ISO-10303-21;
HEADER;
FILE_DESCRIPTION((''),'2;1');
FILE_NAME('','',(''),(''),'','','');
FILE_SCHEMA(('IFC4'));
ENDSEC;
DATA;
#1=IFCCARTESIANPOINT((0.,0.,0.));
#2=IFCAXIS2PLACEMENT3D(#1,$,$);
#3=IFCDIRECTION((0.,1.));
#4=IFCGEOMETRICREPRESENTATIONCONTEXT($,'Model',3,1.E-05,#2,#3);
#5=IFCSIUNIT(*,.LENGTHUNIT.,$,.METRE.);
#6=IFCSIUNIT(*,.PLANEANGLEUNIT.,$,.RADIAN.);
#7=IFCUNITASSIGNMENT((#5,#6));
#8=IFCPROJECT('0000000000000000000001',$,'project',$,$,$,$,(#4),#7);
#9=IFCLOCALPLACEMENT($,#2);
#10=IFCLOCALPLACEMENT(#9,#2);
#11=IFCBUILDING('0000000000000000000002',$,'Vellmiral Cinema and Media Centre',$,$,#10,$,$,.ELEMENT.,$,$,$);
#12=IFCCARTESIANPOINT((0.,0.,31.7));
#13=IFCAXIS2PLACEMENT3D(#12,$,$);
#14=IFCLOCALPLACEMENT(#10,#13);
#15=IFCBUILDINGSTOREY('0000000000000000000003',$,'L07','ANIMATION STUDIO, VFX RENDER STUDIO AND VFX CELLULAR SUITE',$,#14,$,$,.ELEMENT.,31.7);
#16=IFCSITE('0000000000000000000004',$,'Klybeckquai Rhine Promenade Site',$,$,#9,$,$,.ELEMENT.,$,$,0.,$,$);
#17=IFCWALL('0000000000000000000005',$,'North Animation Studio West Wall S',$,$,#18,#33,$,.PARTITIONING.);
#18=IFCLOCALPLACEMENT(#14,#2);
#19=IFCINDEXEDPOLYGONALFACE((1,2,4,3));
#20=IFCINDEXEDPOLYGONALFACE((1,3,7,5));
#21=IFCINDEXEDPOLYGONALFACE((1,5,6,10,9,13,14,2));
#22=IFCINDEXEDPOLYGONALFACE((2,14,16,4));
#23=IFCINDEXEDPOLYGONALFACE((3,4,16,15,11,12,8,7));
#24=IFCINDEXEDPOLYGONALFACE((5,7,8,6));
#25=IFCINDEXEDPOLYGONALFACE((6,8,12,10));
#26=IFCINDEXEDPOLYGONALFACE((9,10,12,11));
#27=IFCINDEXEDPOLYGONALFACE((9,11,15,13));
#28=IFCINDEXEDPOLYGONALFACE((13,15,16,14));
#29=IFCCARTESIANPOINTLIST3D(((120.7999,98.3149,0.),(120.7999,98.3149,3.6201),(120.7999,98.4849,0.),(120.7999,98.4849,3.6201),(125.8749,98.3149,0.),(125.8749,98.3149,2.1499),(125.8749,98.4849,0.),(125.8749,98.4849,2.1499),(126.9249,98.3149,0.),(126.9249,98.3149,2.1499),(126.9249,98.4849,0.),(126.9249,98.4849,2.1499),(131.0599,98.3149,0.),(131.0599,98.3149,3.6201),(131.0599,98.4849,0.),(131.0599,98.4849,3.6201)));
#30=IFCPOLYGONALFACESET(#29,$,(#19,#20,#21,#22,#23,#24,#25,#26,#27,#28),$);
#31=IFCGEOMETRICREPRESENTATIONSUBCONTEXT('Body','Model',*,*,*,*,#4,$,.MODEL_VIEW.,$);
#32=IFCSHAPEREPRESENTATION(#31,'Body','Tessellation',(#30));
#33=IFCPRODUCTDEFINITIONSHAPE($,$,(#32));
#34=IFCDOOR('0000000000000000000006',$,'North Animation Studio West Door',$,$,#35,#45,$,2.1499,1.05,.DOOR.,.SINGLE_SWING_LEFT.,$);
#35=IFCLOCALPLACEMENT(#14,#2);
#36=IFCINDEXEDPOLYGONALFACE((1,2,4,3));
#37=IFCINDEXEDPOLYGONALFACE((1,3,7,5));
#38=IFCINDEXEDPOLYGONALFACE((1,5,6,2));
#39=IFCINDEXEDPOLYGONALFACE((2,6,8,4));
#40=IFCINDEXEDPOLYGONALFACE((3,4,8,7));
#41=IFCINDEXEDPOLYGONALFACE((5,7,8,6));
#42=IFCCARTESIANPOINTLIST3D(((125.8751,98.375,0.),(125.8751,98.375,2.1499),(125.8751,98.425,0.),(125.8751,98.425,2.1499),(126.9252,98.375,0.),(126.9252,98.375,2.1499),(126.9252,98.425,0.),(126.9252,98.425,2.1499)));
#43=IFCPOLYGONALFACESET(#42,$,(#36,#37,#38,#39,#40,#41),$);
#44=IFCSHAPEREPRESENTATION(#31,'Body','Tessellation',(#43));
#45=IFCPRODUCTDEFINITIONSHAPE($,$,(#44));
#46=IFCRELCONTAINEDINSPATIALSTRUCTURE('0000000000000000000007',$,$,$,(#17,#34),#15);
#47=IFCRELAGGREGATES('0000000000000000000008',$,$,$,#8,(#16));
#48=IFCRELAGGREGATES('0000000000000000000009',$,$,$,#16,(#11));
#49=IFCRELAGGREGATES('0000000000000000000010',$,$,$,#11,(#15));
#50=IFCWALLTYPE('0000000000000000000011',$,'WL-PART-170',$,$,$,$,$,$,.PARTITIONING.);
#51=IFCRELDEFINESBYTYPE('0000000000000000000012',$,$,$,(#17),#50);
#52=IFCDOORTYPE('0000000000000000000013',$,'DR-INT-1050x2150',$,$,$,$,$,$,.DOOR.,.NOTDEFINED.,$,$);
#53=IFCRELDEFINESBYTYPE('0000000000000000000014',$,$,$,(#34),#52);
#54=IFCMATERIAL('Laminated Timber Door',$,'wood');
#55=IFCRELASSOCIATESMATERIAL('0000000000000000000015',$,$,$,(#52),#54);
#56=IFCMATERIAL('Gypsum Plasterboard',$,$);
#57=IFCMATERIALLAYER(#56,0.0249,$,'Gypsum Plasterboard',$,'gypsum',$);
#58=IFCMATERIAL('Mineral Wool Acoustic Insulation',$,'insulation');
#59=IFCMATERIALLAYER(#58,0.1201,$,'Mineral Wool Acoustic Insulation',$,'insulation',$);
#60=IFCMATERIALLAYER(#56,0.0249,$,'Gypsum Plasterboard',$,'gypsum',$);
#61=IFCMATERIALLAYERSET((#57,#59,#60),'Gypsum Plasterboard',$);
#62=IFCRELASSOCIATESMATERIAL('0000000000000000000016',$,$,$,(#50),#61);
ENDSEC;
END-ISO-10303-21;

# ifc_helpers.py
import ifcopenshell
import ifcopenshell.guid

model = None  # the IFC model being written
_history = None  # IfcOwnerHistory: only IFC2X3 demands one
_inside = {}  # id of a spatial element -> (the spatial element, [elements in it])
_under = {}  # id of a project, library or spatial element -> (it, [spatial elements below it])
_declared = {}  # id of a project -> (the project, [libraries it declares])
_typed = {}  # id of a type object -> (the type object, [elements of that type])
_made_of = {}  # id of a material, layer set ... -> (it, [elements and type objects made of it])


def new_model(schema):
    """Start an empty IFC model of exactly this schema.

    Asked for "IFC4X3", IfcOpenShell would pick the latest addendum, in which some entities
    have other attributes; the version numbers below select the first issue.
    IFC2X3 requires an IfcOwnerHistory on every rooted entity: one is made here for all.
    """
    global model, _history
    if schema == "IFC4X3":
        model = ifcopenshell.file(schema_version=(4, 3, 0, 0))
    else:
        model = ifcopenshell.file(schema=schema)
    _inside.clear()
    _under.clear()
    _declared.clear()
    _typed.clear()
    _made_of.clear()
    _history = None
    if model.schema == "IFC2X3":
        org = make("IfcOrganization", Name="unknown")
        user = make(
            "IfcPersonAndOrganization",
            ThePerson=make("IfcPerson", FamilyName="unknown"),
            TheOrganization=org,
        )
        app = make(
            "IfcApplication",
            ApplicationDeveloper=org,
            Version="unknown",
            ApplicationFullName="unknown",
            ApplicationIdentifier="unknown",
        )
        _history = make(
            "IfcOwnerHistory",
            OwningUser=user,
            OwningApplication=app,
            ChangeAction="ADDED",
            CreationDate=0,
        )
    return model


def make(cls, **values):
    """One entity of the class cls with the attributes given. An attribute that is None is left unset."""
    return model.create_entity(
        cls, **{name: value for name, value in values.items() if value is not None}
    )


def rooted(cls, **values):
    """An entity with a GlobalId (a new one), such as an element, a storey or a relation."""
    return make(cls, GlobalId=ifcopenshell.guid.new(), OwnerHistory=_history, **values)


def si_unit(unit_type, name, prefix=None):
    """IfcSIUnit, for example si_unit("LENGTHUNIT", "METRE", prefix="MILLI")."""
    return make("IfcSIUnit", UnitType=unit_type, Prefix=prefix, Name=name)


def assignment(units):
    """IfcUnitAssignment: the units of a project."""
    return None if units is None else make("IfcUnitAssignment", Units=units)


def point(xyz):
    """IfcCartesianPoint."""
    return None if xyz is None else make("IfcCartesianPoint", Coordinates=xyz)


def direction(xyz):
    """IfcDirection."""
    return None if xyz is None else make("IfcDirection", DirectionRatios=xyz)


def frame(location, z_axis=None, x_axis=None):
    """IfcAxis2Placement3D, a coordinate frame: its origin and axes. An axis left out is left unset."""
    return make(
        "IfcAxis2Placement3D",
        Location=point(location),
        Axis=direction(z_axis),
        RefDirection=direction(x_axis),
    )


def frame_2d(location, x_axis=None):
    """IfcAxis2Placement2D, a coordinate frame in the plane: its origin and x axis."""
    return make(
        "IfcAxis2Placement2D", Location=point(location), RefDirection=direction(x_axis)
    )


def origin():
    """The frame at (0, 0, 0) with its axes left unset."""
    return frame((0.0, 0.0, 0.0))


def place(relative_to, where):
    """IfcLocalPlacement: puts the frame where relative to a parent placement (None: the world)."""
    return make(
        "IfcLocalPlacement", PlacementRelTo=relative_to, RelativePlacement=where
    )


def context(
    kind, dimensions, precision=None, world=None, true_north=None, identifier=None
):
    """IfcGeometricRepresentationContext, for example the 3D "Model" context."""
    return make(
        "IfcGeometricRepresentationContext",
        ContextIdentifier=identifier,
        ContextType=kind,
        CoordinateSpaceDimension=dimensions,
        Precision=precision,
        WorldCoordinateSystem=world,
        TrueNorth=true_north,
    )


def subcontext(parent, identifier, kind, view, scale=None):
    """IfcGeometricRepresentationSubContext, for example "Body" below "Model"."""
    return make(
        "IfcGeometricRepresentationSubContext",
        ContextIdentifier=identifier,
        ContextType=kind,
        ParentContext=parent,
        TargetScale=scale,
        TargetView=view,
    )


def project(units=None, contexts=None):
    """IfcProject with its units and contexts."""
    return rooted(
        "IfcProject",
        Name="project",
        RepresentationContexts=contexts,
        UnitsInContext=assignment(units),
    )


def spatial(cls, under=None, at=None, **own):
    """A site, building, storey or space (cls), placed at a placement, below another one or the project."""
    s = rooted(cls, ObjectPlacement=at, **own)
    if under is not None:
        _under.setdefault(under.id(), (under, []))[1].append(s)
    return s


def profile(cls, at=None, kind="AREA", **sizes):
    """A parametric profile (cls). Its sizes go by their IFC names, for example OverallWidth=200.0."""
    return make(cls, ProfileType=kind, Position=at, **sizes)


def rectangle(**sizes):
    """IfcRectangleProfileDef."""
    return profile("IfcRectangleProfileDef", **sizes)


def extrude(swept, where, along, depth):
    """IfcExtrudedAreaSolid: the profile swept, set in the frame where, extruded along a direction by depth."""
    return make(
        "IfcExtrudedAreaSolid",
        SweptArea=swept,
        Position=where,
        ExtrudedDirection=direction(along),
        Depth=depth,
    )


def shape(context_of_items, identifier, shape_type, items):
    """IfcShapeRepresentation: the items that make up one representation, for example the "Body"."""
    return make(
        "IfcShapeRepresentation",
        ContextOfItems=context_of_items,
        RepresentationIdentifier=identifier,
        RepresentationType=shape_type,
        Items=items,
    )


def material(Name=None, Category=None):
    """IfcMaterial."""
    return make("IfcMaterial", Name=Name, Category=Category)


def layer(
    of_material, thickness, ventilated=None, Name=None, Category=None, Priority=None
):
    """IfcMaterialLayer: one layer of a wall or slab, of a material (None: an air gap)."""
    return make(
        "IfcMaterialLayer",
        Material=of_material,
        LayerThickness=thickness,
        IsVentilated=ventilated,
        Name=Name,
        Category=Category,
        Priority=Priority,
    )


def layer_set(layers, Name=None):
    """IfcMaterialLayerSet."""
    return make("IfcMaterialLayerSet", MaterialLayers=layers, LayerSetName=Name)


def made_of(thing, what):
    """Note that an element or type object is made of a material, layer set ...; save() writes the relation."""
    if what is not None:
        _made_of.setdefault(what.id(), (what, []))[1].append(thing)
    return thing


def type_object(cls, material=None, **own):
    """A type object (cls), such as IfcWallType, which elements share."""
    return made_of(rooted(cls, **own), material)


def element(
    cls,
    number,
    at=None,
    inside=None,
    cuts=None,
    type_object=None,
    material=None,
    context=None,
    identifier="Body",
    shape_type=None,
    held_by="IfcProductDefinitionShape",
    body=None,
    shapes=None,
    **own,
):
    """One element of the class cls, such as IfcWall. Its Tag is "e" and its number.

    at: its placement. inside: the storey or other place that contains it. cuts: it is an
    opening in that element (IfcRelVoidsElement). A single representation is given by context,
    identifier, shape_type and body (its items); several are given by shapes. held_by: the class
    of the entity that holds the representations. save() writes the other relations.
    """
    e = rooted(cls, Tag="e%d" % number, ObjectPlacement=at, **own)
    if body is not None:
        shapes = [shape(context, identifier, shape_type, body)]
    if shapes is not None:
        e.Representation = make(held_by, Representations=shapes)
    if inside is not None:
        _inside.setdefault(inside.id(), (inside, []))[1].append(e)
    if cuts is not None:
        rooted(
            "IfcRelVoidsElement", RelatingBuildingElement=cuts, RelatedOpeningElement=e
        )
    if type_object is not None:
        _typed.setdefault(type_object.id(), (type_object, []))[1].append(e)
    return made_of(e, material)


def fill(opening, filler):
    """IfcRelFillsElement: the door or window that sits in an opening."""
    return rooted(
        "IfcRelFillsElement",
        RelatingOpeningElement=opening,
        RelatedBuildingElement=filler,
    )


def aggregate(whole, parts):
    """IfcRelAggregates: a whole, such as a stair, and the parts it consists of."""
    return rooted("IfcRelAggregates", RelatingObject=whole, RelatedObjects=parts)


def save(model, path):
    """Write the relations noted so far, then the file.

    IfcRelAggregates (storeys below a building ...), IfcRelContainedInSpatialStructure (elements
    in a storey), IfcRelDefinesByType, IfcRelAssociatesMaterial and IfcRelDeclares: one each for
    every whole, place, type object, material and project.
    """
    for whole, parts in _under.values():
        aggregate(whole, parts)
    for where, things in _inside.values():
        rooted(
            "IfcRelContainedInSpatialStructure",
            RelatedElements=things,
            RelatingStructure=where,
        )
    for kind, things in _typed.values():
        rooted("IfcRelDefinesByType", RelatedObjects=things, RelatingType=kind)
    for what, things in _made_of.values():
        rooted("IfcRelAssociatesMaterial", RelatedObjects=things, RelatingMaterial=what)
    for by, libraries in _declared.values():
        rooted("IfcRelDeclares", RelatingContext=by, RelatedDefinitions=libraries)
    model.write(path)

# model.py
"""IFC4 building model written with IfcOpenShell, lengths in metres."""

from ifc_helpers import new_model, si_unit, direction, frame, frame_2d, origin, place, context, subcontext, project, spatial, rectangle, extrude, material, layer, layer_set, type_object, element, fill, save


model = new_model("IFC4")

# Units and contexts
model_context = context("Model", 3, precision=1e-05, world=origin(), true_north=direction((0.0, 1.0)))
body_context = subcontext(model_context, "Body", "Model", "MODEL_VIEW")
ifc_project = project(units=[si_unit("LENGTHUNIT", "METRE"), si_unit("PLANEANGLEUNIT", "RADIAN")], contexts=[model_context])

# Site, building, storey
site_placement = place(None, origin())
site = spatial("IfcSite", under=ifc_project, at=site_placement, Name="Klybeckquai Rhine Promenade Site", CompositionType="ELEMENT", RefElevation=0.0)
building_placement = place(site_placement, origin())
building = spatial("IfcBuilding", under=site, at=building_placement, Name="Vellmiral Cinema and Media Centre", CompositionType="ELEMENT")
storey_placement = place(building_placement, frame((0.0, 0.0, 31.7)))
storey = spatial("IfcBuildingStorey", under=building, at=storey_placement, Name="L07", Description="ANIMATION STUDIO, VFX RENDER STUDIO AND VFX CELLULAR SUITE", CompositionType="ELEMENT", Elevation=31.7)

# Shared definitions
ifc_material_1 = material(Name="Laminated Timber Door", Category="wood")
door_type_1 = type_object("IfcDoorType", Name="DR-INT-1050x2150", OperationType="NOTDEFINED", PredefinedType="DOOR", material=ifc_material_1)

# Wall, opening, door
ifc_material_2 = material(Name="Gypsum Plasterboard")
ifc_layer_1 = layer(ifc_material_2, 0.0249, Name="Gypsum Plasterboard", Category="gypsum")
ifc_material_3 = material(Name="Mineral Wool Acoustic Insulation", Category="insulation")
ifc_layer_2 = layer(ifc_material_3, 0.1201, Name="Mineral Wool Acoustic Insulation", Category="insulation")
ifc_layer_3 = layer(ifc_material_2, 0.0249, Name="Gypsum Plasterboard", Category="gypsum")
ifc_layer_set_1 = layer_set([ifc_layer_1, ifc_layer_2, ifc_layer_3], Name="Gypsum Plasterboard")
wall_type_1 = type_object("IfcWallType", Name="WL-PART-170", PredefinedType="PARTITIONING", material=ifc_layer_set_1)
wall_1_placement = place(storey_placement, frame((120.8, 98.3999, 0.0), z_axis=(0.0, 0.0, 1.0), x_axis=(1.0, 0.0, 0.0)))
wall_1 = element("IfcWall", 1, at=wall_1_placement, inside=storey, type_object=wall_type_1, Name="North Animation Studio West Wall S", PredefinedType="PARTITIONING", context=body_context, shape_type="SweptSolid", body=[
    extrude(rectangle(XDim=10.26, YDim=0.1699, at=frame_2d((5.1299, 0.0))), origin(), (0.0, 0.0, 1.0), 3.6201),
])
opening_1_placement = place(wall_1_placement, frame((5.075, 0.0, 0.0)))
opening_1 = element("IfcOpeningElement", 2, at=opening_1_placement, cuts=wall_1, PredefinedType="OPENING", context=body_context, shape_type="SweptSolid", body=[
    extrude(rectangle(XDim=1.05, YDim=2.1499, at=frame_2d((0.5249, 1.075))), frame((0.0, 0.0969, 0.0), z_axis=(0.0, -1.0, 0.0), x_axis=(1.0, 0.0, 0.0)), (0.0, 0.0, 1.0), 0.1938),
])
door_1_placement = place(opening_1_placement, frame((1.05, 0.0, 0.0), z_axis=(0.0, 0.0, 1.0), x_axis=(-1.0, 0.0, 0.0)))
door_1 = element("IfcDoor", 3, at=door_1_placement, inside=storey, type_object=door_type_1, Name="North Animation Studio West Door", OperationType="SINGLE_SWING_LEFT", OverallHeight=2.1499, OverallWidth=1.05, PredefinedType="DOOR", context=body_context, shape_type="SweptSolid", body=[
    extrude(rectangle(XDim=1.05, YDim=2.1499, at=frame_2d((0.5249, 1.075))), frame((0.0, 0.0249, 0.0), z_axis=(0.0, -1.0, 0.0), x_axis=(1.0, 0.0, 0.0)), (0.0, 0.0, 1.0), 0.05),
])
fill(opening_1, door_1)

save(model, "model.ifc")
